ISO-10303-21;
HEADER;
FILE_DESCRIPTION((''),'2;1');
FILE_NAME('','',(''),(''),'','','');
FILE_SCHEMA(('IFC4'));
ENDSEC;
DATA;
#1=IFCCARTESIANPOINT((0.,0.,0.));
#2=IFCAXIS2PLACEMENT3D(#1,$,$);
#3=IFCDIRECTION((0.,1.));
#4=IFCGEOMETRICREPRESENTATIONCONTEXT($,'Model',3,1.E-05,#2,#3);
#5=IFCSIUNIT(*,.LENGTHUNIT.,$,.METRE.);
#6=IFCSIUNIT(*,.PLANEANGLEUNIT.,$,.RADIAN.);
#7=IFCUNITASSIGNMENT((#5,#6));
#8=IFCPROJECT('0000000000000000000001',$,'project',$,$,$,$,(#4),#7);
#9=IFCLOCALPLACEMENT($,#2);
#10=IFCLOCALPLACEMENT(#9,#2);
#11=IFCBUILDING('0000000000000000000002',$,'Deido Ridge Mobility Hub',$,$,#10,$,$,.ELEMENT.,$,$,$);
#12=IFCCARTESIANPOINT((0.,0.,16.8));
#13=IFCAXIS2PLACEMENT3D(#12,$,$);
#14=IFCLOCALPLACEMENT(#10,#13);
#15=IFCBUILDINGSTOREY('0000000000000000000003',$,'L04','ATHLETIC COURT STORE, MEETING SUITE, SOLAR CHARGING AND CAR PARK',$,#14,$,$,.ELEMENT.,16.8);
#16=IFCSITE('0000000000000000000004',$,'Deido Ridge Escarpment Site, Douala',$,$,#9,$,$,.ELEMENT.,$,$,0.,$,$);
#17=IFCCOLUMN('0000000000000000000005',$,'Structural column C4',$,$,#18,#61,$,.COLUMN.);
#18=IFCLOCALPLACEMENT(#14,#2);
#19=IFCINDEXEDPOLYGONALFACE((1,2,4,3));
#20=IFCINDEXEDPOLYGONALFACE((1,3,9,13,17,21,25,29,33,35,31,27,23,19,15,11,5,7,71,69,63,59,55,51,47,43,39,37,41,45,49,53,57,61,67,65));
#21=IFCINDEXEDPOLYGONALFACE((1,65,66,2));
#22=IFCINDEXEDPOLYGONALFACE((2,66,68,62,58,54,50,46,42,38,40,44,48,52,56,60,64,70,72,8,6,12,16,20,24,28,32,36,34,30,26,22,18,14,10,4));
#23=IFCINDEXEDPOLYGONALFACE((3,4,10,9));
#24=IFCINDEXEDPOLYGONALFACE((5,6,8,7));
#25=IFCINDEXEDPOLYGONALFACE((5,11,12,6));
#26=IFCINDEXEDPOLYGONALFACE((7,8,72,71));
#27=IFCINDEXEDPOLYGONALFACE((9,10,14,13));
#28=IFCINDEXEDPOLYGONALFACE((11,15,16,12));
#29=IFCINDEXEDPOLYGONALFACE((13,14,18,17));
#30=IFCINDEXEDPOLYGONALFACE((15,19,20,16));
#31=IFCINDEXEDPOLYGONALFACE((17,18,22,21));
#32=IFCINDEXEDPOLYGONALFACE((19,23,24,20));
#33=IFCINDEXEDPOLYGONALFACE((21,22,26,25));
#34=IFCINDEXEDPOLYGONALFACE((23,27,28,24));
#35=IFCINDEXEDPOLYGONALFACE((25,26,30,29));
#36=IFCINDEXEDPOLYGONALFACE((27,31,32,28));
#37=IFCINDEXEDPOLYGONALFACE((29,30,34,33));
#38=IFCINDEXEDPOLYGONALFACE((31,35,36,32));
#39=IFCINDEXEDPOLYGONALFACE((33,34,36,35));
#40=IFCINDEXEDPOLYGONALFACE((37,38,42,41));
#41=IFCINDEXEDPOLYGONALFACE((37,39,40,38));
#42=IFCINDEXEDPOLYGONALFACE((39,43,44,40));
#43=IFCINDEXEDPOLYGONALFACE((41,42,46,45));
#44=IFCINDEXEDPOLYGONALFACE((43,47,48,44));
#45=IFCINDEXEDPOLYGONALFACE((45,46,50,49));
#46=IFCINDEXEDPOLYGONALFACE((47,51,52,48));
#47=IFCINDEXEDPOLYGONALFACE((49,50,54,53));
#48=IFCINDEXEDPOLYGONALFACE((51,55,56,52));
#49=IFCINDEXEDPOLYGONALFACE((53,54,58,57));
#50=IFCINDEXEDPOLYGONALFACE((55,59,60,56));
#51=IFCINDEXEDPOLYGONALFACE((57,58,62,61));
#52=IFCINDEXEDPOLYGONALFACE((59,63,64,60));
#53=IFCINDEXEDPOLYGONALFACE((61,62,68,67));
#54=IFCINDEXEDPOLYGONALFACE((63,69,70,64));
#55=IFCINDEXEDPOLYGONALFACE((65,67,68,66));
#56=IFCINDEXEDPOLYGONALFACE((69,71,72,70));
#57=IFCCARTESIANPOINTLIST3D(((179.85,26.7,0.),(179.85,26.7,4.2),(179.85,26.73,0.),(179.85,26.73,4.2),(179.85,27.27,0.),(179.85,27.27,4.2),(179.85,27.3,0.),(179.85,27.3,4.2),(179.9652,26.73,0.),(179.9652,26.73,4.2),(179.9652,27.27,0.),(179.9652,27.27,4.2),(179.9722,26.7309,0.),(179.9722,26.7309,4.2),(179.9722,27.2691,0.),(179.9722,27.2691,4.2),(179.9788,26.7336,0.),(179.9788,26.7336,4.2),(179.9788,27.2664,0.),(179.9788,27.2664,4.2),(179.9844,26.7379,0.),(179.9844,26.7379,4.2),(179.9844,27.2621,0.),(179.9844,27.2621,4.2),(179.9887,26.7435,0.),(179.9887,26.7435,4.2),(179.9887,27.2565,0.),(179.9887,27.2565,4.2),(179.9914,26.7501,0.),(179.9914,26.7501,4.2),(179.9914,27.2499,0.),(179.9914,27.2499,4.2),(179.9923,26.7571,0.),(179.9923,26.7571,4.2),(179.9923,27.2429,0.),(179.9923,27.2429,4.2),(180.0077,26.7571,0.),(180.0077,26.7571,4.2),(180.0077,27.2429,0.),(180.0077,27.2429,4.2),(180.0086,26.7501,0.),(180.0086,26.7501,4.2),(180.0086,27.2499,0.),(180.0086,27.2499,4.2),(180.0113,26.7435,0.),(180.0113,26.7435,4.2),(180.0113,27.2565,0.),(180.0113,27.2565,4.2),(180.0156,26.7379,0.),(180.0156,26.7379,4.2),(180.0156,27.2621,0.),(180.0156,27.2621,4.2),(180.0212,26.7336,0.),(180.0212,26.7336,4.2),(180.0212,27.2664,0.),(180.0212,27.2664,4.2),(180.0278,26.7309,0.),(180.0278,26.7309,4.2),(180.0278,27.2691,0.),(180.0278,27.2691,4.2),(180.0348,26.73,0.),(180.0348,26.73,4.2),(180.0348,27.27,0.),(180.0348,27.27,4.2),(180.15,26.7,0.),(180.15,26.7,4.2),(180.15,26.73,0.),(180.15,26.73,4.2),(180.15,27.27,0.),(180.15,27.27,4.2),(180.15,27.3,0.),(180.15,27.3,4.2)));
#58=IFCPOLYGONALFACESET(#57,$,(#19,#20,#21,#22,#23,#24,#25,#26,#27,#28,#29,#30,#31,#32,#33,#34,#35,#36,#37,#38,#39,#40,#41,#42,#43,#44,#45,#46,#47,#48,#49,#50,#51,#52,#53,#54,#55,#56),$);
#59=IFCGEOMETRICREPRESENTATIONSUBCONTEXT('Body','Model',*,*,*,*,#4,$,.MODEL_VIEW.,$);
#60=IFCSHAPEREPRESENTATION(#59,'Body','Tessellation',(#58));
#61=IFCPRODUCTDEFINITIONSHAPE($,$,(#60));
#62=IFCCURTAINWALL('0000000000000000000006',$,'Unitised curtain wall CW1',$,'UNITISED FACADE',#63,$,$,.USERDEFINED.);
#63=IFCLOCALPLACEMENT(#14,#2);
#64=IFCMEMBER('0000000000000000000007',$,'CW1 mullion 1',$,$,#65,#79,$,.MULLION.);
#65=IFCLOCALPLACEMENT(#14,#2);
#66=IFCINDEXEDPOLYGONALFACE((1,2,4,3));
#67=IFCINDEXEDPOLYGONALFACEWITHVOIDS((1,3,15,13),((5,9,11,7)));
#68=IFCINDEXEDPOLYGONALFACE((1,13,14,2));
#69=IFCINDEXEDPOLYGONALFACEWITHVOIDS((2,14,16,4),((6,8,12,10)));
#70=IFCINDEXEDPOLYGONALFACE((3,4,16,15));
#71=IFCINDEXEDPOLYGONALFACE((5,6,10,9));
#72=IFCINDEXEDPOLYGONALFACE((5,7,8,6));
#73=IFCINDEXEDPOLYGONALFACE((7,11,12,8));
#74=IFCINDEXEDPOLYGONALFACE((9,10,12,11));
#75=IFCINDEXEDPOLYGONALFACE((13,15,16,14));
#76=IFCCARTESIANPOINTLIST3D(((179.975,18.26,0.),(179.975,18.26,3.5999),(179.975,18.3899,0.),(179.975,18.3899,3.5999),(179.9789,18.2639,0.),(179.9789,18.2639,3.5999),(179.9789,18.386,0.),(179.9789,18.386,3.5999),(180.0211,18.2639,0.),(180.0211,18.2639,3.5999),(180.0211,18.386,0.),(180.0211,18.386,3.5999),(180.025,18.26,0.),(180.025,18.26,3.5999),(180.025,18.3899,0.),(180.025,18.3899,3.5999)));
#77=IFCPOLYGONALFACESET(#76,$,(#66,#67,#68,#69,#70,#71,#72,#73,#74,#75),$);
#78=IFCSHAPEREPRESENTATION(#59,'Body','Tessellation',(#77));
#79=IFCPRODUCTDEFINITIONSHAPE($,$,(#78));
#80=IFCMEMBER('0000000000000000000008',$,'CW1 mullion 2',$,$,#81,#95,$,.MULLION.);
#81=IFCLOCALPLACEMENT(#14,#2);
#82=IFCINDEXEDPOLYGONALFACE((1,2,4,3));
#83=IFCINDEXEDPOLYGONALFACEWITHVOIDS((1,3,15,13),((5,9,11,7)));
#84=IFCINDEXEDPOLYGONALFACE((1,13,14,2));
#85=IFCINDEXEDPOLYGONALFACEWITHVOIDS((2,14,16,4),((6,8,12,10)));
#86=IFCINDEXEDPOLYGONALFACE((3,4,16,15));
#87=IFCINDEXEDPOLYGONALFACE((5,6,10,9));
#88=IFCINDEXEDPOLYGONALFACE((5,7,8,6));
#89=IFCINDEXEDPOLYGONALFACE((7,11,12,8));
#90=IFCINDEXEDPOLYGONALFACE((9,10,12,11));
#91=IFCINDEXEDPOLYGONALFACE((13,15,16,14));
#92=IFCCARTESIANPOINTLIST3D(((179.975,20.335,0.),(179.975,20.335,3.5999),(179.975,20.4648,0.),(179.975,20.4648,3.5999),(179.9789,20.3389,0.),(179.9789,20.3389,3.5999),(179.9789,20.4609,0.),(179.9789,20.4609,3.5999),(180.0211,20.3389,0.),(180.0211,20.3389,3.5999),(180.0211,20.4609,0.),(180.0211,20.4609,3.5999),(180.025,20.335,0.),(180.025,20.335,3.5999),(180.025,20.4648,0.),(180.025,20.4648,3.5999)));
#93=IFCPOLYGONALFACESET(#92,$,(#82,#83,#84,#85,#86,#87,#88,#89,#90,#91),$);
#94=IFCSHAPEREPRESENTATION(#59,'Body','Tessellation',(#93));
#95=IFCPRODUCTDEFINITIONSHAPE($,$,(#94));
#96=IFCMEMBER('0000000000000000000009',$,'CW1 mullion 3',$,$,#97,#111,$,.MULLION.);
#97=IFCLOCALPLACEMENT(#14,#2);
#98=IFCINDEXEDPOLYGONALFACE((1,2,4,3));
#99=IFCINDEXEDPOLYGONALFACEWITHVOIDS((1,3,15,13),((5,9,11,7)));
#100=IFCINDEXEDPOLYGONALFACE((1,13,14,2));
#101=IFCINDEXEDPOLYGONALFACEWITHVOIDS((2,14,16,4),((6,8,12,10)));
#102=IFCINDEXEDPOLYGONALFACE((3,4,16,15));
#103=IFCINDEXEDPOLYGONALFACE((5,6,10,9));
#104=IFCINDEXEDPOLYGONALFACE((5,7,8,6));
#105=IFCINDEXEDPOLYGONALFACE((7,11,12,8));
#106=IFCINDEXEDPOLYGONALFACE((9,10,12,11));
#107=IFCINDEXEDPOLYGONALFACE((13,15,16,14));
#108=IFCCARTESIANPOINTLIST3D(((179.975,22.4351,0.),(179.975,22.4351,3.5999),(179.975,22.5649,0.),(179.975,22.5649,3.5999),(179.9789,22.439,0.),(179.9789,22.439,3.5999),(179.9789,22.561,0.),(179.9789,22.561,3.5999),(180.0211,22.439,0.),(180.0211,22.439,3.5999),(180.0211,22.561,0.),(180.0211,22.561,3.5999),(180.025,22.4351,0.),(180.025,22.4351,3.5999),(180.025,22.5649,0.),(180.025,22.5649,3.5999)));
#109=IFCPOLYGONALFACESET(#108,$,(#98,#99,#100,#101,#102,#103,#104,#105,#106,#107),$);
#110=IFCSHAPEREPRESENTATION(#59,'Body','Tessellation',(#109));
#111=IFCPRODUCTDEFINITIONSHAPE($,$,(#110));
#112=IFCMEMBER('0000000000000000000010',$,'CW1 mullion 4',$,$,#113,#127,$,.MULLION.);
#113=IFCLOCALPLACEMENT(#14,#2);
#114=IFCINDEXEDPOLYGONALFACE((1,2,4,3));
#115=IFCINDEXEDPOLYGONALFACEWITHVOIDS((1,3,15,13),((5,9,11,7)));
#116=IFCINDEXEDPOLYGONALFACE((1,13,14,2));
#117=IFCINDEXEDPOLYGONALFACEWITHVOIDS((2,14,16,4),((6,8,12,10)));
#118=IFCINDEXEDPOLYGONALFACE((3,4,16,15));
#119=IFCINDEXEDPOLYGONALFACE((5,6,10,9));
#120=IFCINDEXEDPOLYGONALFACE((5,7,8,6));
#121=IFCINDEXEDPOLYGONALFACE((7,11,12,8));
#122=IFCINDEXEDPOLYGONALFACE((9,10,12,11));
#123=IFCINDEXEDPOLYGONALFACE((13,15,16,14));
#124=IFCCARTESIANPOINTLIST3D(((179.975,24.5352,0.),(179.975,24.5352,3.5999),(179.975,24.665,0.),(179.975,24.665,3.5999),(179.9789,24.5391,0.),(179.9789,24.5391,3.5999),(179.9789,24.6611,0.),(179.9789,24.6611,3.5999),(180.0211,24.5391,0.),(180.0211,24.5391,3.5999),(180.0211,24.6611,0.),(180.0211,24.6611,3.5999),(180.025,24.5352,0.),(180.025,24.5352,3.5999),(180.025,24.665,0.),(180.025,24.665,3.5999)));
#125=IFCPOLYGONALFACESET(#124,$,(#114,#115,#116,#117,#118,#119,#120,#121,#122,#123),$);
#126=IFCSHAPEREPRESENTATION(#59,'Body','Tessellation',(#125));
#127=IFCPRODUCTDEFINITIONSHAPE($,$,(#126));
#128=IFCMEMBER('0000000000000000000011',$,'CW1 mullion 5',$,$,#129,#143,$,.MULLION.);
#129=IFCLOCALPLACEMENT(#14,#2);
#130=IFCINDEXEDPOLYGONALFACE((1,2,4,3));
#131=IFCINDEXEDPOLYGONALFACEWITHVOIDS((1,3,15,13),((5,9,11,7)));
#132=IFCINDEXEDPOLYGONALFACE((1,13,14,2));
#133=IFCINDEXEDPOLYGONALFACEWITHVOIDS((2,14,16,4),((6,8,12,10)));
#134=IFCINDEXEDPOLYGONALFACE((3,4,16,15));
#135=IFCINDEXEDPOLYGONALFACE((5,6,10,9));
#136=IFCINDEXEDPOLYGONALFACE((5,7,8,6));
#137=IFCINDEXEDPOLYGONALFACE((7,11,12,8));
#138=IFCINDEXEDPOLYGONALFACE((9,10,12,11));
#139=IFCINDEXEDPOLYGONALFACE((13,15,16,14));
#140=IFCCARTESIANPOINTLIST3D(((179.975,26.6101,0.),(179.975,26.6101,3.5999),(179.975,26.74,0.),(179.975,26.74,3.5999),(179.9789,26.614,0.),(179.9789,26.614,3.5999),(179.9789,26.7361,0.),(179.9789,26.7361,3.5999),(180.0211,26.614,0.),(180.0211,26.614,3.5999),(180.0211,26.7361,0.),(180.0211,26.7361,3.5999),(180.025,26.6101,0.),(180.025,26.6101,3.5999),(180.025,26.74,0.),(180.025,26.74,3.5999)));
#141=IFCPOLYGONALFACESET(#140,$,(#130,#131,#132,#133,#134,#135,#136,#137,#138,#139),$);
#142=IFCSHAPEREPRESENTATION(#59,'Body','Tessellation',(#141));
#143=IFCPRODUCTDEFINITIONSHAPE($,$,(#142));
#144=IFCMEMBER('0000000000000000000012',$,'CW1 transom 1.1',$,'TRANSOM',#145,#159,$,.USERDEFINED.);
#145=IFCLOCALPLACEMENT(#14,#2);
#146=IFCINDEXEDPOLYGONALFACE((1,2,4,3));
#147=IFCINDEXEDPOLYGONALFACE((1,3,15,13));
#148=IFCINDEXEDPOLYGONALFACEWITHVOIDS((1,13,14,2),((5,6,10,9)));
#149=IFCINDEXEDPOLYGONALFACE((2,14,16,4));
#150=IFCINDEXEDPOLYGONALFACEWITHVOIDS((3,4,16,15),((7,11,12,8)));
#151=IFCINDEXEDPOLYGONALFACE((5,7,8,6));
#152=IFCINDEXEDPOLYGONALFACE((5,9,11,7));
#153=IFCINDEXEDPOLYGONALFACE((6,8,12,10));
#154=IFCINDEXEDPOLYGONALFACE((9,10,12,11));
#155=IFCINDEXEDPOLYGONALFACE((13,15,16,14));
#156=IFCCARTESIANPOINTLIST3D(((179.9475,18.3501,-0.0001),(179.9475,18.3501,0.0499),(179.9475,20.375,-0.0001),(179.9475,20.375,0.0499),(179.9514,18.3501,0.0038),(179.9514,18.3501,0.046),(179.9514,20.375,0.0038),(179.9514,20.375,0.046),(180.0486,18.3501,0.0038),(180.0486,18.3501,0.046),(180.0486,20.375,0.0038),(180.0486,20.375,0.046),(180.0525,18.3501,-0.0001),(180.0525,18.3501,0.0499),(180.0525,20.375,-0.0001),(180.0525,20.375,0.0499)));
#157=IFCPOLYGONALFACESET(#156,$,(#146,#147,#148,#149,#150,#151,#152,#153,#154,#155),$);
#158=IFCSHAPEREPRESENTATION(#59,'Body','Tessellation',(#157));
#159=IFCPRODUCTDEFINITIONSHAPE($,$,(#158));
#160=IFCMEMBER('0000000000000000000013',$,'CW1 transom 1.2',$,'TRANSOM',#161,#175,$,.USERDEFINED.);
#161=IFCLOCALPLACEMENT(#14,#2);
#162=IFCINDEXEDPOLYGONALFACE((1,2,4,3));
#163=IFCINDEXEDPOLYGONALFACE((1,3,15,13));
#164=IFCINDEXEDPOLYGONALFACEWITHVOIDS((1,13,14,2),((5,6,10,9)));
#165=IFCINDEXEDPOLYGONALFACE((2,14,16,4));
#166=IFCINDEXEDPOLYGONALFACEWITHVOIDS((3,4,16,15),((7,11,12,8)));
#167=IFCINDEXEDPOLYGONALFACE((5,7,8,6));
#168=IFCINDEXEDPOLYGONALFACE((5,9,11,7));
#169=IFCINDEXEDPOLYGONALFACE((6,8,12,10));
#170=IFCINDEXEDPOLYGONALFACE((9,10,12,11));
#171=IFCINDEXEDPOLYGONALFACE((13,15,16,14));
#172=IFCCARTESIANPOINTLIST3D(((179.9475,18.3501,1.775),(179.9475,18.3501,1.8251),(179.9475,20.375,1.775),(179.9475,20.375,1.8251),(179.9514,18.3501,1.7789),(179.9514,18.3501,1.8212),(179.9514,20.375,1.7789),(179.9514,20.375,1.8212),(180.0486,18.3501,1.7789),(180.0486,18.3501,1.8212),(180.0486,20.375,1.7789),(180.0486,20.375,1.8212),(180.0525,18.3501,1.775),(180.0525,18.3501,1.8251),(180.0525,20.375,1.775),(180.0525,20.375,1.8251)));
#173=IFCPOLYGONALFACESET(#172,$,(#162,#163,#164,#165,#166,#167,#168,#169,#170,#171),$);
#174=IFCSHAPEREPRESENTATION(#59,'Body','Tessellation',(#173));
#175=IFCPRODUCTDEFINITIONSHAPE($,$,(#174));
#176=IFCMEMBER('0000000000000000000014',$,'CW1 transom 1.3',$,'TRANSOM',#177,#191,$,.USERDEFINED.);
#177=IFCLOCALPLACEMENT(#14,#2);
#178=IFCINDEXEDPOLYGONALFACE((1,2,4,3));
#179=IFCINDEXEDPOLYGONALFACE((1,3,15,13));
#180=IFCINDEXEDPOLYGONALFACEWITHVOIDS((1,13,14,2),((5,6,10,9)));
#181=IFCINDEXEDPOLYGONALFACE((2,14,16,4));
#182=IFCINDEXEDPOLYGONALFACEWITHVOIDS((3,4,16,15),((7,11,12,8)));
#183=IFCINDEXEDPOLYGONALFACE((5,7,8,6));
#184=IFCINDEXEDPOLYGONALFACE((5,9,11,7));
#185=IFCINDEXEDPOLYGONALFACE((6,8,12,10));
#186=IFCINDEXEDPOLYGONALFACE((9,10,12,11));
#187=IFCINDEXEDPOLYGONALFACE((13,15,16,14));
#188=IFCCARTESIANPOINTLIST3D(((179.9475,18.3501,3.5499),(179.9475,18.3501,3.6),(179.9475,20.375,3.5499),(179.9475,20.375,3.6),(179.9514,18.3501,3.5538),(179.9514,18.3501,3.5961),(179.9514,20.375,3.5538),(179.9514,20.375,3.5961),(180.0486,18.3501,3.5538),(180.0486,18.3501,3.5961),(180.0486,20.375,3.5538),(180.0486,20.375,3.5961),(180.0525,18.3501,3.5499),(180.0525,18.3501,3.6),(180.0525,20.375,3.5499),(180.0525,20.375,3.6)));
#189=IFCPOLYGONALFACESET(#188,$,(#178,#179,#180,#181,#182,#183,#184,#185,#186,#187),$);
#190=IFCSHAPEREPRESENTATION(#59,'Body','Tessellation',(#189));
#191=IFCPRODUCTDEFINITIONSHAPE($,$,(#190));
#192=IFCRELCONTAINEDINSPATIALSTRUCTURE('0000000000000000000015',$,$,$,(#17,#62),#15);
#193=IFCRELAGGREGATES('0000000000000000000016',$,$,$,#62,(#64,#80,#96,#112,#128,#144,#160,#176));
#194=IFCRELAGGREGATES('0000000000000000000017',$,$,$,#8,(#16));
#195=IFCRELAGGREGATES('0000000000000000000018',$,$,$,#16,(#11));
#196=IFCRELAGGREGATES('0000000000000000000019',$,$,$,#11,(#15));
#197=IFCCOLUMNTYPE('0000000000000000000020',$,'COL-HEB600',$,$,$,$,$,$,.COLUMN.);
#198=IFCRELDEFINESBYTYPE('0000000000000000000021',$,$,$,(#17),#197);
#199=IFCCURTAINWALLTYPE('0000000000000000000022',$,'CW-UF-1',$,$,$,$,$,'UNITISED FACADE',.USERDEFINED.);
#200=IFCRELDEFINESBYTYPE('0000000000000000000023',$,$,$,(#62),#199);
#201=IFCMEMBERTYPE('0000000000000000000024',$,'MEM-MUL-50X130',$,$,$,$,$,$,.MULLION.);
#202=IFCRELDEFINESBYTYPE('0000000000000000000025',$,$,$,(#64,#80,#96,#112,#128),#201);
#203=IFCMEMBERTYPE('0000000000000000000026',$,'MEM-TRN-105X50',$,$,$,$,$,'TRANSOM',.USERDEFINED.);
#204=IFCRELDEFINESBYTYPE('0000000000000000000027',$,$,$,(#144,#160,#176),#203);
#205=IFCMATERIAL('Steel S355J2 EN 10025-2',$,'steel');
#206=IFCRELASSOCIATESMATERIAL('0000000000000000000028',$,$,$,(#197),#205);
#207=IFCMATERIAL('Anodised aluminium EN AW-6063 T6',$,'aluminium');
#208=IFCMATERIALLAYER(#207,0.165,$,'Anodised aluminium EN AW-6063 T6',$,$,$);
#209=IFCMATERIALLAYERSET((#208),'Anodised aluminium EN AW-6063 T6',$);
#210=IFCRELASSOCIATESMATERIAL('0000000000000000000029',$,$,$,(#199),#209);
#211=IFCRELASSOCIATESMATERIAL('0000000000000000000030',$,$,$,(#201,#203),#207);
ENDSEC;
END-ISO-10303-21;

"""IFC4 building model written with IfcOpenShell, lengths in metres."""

from ifc_helpers import new_model, si_unit, direction, frame, origin, origin_2d, place, context, subcontext, project, spatial, hollow_rectangle, i_section, extrude, material, layer, layer_set, material_profile, profile_set, type_object, element, aggregate, save


model = new_model("IFC4")

# Units and contexts
model_context = context("Model", 3, precision=1e-05, world=origin(), true_north=direction((0.0, 1.0)))
body_context = subcontext(model_context, "Body", "Model", "MODEL_VIEW")
ifc_project = project(units=[si_unit("LENGTHUNIT", "METRE"), si_unit("PLANEANGLEUNIT", "RADIAN")], contexts=[model_context])

# Site, building, storey
site_placement = place(None, origin())
site = spatial("IfcSite", under=ifc_project, at=site_placement, Name="Deido Ridge Escarpment Site, Douala", CompositionType="ELEMENT", RefElevation=0.0)
building_placement = place(site_placement, origin())
building = spatial("IfcBuilding", under=site, at=building_placement, Name="Deido Ridge Mobility Hub", CompositionType="ELEMENT")
storey_placement = place(building_placement, frame((0.0, 0.0, 16.8)))
storey = spatial("IfcBuildingStorey", under=building, at=storey_placement, Name="L04", Description="ATHLETIC COURT STORE, MEETING SUITE, SOLAR CHARGING AND CAR PARK", CompositionType="ELEMENT", Elevation=16.8)

# Column
ifc_material_1 = material(Name="Steel S355J2 EN 10025-2", Category="steel")
ifc_material_profile_1 = material_profile(ifc_material_1, i_section(OverallWidth=0.3, OverallDepth=0.6001, WebThickness=0.0154, FlangeThickness=0.03, FilletRadius=0.0271, at=origin_2d()), Name="HEB 600")
ifc_profile_set_1 = profile_set([ifc_material_profile_1], Name="Steel S355J2 EN 10025-2")
column_type = type_object("IfcColumnType", Name="COL-HEB600", PredefinedType="COLUMN", material=ifc_profile_set_1)
column_placement = place(storey_placement, frame((180.0, 27.0, 0.0), z_axis=(0.0, 0.0, 1.0), x_axis=(1.0, 0.0, 0.0)))
element("IfcColumn", 1, at=column_placement, inside=storey, type_object=column_type, Name="Structural column C4", PredefinedType="COLUMN", context=body_context, shape_type="SweptSolid", body=[
    extrude(i_section(OverallWidth=0.3, OverallDepth=0.6001, WebThickness=0.0154, FlangeThickness=0.03, FilletRadius=0.0271, at=origin_2d()), origin(), (0.0, 0.0, 1.0), 4.2),
])

# Curtain wall, members
ifc_material_2 = material(Name="Anodised aluminium EN AW-6063 T6", Category="aluminium")
ifc_layer_1 = layer(ifc_material_2, 0.165, Name="Anodised aluminium EN AW-6063 T6")
ifc_layer_set_1 = layer_set([ifc_layer_1], Name="Anodised aluminium EN AW-6063 T6")
curtain_wall_type = type_object("IfcCurtainWallType", Name="CW-UF-1", ElementType="UNITISED FACADE", PredefinedType="USERDEFINED", material=ifc_layer_set_1)
curtain_wall_placement = place(storey_placement, origin())
curtain_wall = element("IfcCurtainWall", 2, at=curtain_wall_placement, inside=storey, type_object=curtain_wall_type, Name="Unitised curtain wall CW1", ObjectType="UNITISED FACADE", PredefinedType="USERDEFINED")
ifc_material_profile_2 = material_profile(ifc_material_2, hollow_rectangle(XDim=0.05, YDim=0.1299, WallThickness=0.0039, at=origin_2d()), Name="RHS 50x130x4")
ifc_profile_set_2 = profile_set([ifc_material_profile_2], Name="Anodised aluminium EN AW-6063 T6")
member_type_1 = type_object("IfcMemberType", Name="MEM-MUL-50X130", PredefinedType="MULLION", material=ifc_profile_set_2)
member_1_placement = place(storey_placement, frame((180.0, 18.325, 0.0), z_axis=(0.0, 0.0, 1.0), x_axis=(-1.0, 0.0, 0.0)))
member_1 = element("IfcMember", 3, at=member_1_placement, type_object=member_type_1, Name="CW1 mullion 1", PredefinedType="MULLION", context=body_context, shape_type="SweptSolid", body=[
    extrude(hollow_rectangle(XDim=0.05, YDim=0.1299, WallThickness=0.0039, at=origin_2d()), origin(), (0.0, 0.0, 1.0), 3.5999),
])
member_2_placement = place(storey_placement, frame((180.0, 20.3999, 0.0), z_axis=(0.0, 0.0, 1.0), x_axis=(-1.0, 0.0, 0.0)))
member_2 = element("IfcMember", 4, at=member_2_placement, type_object=member_type_1, Name="CW1 mullion 2", PredefinedType="MULLION", context=body_context, shape_type="SweptSolid", body=[
    extrude(hollow_rectangle(XDim=0.05, YDim=0.1299, WallThickness=0.0039, at=origin_2d()), origin(), (0.0, 0.0, 1.0), 3.5999),
])
member_3_placement = place(storey_placement, frame((180.0, 22.5, 0.0), z_axis=(0.0, 0.0, 1.0), x_axis=(-1.0, 0.0, 0.0)))
member_3 = element("IfcMember", 5, at=member_3_placement, type_object=member_type_1, Name="CW1 mullion 3", PredefinedType="MULLION", context=body_context, shape_type="SweptSolid", body=[
    extrude(hollow_rectangle(XDim=0.05, YDim=0.1299, WallThickness=0.0039, at=origin_2d()), origin(), (0.0, 0.0, 1.0), 3.5999),
])
member_4_placement = place(storey_placement, frame((180.0, 24.6001, 0.0), z_axis=(0.0, 0.0, 1.0), x_axis=(-1.0, 0.0, 0.0)))
member_4 = element("IfcMember", 6, at=member_4_placement, type_object=member_type_1, Name="CW1 mullion 4", PredefinedType="MULLION", context=body_context, shape_type="SweptSolid", body=[
    extrude(hollow_rectangle(XDim=0.05, YDim=0.1299, WallThickness=0.0039, at=origin_2d()), origin(), (0.0, 0.0, 1.0), 3.5999),
])
member_5_placement = place(storey_placement, frame((180.0, 26.675, 0.0), z_axis=(0.0, 0.0, 1.0), x_axis=(-1.0, 0.0, 0.0)))
member_5 = element("IfcMember", 7, at=member_5_placement, type_object=member_type_1, Name="CW1 mullion 5", PredefinedType="MULLION", context=body_context, shape_type="SweptSolid", body=[
    extrude(hollow_rectangle(XDim=0.05, YDim=0.1299, WallThickness=0.0039, at=origin_2d()), origin(), (0.0, 0.0, 1.0), 3.5999),
])
ifc_material_profile_3 = material_profile(ifc_material_2, hollow_rectangle(XDim=0.105, YDim=0.05, WallThickness=0.0039, at=origin_2d()), Name="RHS 105x50x4")
ifc_profile_set_3 = profile_set([ifc_material_profile_3], Name="Anodised aluminium EN AW-6063 T6")
member_type_2 = type_object("IfcMemberType", Name="MEM-TRN-105X50", ElementType="TRANSOM", PredefinedType="USERDEFINED", material=ifc_profile_set_3)
member_6_placement = place(storey_placement, frame((180.0, 18.3501, 0.0249), z_axis=(0.0, 1.0, 0.0), x_axis=(-1.0, 0.0, 0.0)))
member_6 = element("IfcMember", 8, at=member_6_placement, type_object=member_type_2, Name="CW1 transom 1.1", ObjectType="TRANSOM", PredefinedType="USERDEFINED", context=body_context, shape_type="SweptSolid", body=[
    extrude(hollow_rectangle(XDim=0.105, YDim=0.05, WallThickness=0.0039, at=origin_2d()), origin(), (0.0, 0.0, 1.0), 2.0249),
])
member_7_placement = place(storey_placement, frame((180.0, 18.3501, 1.8), z_axis=(0.0, 1.0, 0.0), x_axis=(-1.0, 0.0, 0.0)))
member_7 = element("IfcMember", 9, at=member_7_placement, type_object=member_type_2, Name="CW1 transom 1.2", ObjectType="TRANSOM", PredefinedType="USERDEFINED", context=body_context, shape_type="SweptSolid", body=[
    extrude(hollow_rectangle(XDim=0.105, YDim=0.05, WallThickness=0.0039, at=origin_2d()), origin(), (0.0, 0.0, 1.0), 2.0249),
])
member_8_placement = place(storey_placement, frame((180.0, 18.3501, 3.575), z_axis=(0.0, 1.0, 0.0), x_axis=(-1.0, 0.0, 0.0)))
member_8 = element("IfcMember", 10, at=member_8_placement, type_object=member_type_2, Name="CW1 transom 1.3", ObjectType="TRANSOM", PredefinedType="USERDEFINED", context=body_context, shape_type="SweptSolid", body=[
    extrude(hollow_rectangle(XDim=0.105, YDim=0.05, WallThickness=0.0039, at=origin_2d()), origin(), (0.0, 0.0, 1.0), 2.0249),
])

aggregate(curtain_wall, [member_1, member_2, member_3, member_4, member_5, member_6, member_7, member_8])

save(model, "model.ifc")
